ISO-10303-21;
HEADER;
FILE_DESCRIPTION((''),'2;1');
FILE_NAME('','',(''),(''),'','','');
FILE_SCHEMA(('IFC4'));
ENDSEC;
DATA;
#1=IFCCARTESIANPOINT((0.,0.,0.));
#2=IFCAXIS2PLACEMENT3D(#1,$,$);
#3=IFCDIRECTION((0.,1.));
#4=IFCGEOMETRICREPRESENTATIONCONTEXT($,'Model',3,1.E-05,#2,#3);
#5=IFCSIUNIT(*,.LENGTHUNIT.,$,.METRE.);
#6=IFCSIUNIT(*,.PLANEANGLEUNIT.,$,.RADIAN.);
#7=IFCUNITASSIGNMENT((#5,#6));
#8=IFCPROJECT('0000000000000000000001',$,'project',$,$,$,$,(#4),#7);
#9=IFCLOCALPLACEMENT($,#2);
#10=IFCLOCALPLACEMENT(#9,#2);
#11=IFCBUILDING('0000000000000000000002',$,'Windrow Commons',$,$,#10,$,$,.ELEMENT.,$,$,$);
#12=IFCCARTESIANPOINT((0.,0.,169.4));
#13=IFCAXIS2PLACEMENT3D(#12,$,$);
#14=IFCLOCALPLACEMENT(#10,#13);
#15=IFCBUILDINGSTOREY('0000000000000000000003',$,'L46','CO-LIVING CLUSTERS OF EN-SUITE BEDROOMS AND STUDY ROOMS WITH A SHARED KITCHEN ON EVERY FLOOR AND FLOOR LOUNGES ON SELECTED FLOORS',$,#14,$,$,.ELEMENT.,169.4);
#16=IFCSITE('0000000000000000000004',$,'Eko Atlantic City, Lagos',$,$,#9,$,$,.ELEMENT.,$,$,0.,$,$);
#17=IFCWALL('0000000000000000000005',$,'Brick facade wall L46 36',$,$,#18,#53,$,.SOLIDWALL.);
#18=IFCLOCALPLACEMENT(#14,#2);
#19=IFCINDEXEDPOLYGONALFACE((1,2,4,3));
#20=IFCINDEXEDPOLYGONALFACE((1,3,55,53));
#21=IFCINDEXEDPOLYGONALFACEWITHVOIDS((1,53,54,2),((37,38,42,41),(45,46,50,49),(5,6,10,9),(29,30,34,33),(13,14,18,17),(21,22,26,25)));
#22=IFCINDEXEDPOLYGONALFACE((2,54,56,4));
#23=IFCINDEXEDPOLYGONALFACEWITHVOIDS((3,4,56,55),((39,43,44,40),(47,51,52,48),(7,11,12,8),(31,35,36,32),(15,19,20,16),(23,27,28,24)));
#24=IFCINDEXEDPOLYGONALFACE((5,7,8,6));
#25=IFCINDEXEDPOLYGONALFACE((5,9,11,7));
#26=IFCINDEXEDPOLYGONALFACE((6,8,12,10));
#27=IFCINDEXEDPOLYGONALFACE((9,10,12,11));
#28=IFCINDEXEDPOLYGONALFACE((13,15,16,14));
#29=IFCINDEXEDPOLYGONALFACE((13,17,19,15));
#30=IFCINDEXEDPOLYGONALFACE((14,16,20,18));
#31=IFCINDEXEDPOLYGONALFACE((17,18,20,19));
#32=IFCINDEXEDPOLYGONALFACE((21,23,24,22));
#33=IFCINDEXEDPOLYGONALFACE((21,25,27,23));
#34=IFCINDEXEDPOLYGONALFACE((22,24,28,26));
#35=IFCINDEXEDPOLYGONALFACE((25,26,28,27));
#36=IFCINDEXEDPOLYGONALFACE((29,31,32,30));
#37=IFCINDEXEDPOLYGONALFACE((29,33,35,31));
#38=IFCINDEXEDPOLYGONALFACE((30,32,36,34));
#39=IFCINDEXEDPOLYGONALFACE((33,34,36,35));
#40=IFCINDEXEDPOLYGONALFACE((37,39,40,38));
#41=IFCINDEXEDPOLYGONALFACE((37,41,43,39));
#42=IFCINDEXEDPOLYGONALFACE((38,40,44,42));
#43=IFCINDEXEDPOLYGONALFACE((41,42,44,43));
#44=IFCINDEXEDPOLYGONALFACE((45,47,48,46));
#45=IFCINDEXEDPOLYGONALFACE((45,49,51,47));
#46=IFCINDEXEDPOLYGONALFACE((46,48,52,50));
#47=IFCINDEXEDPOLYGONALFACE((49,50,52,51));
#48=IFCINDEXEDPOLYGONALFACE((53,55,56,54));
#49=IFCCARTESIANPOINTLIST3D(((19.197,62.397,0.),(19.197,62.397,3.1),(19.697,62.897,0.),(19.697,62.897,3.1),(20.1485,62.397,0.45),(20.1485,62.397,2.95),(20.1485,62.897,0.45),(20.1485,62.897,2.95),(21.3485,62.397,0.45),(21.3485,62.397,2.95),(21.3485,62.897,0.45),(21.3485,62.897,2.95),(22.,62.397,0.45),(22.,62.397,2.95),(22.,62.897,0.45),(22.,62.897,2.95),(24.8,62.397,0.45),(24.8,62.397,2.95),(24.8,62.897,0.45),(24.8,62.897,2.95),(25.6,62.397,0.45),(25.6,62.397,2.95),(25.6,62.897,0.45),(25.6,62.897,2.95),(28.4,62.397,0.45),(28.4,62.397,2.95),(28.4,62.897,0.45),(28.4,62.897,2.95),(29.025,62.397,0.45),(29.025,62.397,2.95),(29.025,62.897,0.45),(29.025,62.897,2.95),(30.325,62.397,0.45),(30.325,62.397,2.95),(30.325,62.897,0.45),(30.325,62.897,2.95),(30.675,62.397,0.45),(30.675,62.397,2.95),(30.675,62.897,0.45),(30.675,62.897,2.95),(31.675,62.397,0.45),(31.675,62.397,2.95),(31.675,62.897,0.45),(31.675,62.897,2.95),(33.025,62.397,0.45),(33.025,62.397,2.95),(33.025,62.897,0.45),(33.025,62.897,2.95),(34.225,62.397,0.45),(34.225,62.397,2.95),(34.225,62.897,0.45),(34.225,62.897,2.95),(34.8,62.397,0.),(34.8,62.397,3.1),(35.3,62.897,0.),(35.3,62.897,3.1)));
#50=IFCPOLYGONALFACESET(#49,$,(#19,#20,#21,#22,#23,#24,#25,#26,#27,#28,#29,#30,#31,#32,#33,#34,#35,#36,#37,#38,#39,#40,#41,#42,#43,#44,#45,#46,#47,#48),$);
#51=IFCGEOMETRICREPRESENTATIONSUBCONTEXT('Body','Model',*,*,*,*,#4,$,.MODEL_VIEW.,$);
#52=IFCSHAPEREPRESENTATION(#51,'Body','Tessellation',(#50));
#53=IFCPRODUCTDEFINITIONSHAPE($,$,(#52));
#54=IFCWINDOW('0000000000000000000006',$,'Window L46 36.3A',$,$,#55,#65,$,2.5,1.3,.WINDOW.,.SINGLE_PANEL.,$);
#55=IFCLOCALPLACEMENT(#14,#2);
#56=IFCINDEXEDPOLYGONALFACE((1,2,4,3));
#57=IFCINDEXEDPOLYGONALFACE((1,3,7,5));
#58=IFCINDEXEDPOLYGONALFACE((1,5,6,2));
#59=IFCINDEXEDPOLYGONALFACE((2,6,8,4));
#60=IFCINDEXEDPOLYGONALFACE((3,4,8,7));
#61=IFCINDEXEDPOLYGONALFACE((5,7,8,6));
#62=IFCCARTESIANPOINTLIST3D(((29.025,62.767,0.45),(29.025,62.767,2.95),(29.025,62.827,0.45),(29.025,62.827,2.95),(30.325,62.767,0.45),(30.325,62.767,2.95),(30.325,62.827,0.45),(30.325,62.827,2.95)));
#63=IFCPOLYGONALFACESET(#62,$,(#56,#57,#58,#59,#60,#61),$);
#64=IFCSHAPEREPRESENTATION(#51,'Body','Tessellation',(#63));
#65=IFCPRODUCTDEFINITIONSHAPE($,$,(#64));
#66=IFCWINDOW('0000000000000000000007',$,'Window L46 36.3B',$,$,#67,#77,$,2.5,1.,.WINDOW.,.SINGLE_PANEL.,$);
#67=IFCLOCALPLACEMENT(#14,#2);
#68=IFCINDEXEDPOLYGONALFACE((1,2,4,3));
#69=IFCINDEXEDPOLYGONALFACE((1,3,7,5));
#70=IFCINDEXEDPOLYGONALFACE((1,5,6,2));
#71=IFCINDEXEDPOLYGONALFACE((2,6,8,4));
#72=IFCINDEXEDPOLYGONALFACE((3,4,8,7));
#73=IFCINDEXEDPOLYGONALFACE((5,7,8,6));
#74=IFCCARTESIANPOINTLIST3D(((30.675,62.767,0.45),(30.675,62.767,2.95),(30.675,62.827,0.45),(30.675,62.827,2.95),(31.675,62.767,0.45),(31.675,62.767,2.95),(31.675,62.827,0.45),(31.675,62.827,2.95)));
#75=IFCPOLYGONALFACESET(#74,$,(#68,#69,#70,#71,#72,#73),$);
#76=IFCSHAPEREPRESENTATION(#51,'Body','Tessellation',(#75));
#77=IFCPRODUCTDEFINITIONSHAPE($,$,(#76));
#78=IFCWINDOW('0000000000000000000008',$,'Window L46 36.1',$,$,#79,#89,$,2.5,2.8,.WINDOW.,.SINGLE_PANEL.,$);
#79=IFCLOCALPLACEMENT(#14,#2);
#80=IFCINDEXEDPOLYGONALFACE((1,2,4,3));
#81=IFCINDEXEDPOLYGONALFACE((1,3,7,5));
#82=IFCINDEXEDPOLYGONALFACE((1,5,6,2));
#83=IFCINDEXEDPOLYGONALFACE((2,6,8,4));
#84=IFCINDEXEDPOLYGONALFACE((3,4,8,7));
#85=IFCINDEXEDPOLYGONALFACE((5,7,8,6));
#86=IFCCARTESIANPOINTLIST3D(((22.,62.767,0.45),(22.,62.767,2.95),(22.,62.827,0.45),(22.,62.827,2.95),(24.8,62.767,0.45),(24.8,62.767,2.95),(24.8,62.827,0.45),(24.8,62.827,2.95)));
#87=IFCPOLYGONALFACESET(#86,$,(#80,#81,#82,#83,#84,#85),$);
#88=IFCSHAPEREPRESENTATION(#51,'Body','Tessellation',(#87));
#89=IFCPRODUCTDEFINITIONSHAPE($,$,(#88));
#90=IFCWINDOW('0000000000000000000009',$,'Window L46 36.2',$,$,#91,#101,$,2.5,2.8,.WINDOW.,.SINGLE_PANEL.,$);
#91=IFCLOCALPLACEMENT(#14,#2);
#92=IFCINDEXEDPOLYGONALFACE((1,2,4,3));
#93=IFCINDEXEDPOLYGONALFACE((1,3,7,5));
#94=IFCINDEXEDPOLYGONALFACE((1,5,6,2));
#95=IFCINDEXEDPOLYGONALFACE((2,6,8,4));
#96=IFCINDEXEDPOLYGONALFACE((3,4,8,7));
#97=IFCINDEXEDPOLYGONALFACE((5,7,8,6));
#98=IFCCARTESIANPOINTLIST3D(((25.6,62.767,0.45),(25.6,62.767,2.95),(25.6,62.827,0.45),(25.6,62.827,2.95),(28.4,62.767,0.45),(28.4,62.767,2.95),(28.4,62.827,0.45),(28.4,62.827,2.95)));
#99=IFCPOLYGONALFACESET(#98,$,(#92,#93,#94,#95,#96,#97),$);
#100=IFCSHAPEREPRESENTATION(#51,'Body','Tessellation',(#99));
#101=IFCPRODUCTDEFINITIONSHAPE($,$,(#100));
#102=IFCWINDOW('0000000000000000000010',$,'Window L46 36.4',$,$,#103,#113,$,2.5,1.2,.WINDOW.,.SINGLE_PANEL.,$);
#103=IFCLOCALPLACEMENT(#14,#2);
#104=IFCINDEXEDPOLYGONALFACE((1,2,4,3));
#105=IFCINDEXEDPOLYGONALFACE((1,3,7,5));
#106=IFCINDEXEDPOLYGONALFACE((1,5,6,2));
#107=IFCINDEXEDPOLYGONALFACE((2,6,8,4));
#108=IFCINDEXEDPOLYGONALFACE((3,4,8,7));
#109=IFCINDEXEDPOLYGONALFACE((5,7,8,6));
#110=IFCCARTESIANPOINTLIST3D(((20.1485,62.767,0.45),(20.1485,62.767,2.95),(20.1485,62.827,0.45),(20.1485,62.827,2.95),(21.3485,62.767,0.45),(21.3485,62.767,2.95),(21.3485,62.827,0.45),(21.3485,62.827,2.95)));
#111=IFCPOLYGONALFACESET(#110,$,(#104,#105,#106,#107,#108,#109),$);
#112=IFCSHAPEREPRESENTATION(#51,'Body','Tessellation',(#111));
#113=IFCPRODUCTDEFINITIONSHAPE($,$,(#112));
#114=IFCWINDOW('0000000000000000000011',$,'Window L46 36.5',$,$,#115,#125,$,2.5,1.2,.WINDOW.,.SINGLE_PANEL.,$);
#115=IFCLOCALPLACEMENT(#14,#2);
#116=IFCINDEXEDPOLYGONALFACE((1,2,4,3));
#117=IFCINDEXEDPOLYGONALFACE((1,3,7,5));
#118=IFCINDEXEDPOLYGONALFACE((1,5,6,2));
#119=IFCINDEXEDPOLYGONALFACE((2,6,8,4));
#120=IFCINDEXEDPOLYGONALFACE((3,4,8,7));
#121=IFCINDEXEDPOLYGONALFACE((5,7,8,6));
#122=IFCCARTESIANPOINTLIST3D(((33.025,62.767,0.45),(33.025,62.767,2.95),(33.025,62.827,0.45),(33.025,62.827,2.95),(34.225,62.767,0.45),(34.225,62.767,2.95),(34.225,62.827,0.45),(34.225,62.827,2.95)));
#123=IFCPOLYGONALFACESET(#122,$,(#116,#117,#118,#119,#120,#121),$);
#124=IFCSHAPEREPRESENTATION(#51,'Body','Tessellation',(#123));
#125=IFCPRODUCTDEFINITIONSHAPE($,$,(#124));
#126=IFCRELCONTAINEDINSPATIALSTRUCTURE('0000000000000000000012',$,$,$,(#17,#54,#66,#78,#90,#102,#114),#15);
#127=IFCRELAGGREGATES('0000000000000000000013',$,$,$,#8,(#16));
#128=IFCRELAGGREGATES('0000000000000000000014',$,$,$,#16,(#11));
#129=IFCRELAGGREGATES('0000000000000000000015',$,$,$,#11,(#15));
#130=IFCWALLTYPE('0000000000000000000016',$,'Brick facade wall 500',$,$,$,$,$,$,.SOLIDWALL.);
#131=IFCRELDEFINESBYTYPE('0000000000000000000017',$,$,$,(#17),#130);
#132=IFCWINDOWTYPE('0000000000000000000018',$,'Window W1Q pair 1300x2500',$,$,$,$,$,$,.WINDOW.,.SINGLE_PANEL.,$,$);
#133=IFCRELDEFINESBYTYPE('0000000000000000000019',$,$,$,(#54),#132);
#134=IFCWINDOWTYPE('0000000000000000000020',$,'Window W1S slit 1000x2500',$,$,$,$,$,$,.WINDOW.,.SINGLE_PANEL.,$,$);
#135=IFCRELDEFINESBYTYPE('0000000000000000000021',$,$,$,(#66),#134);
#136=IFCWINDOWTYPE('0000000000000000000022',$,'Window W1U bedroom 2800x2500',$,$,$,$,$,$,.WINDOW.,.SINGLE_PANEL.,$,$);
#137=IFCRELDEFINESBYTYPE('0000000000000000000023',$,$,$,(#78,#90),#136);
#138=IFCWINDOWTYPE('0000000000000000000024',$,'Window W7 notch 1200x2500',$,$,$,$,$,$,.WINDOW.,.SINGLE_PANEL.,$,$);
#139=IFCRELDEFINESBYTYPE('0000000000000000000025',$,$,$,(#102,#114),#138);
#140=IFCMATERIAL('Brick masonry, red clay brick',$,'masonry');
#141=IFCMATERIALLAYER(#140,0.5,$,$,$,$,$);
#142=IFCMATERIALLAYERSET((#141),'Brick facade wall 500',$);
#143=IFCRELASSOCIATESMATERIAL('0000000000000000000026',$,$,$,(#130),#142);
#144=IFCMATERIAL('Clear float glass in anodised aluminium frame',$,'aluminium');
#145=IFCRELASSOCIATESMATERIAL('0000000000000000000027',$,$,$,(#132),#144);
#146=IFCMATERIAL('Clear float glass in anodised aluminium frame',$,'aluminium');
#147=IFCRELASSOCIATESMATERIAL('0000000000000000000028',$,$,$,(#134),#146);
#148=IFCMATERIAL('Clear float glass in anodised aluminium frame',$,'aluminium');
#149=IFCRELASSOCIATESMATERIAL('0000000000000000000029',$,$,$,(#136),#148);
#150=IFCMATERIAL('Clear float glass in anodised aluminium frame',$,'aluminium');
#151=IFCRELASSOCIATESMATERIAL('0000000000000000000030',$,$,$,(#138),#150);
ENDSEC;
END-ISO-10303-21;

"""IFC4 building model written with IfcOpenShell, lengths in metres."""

from ifc_helpers import new_model, si_unit, direction, frame, frame_2d, origin, place, context, subcontext, project, spatial, polyline, rectangle, outline, extrude, material, layer, layer_set, type_object, element, fill, save


model = new_model("IFC4")

# Units and contexts
model_context = context("Model", 3, precision=1e-05, world=origin(), true_north=direction((0.0, 1.0)))
body_context = subcontext(model_context, "Body", "Model", "MODEL_VIEW")
ifc_project = project(units=[si_unit("LENGTHUNIT", "METRE"), si_unit("PLANEANGLEUNIT", "RADIAN")], contexts=[model_context])

# Site, building, storey
site_placement = place(None, origin())
site = spatial("IfcSite", under=ifc_project, at=site_placement, Name="Eko Atlantic City, Lagos", CompositionType="ELEMENT", RefElevation=0.0)
building_placement = place(site_placement, origin())
building = spatial("IfcBuilding", under=site, at=building_placement, Name="Windrow Commons", CompositionType="ELEMENT")
storey_placement = place(building_placement, frame((0.0, 0.0, 169.4)))
storey = spatial("IfcBuildingStorey", under=building, at=storey_placement, Name="L46", Description="CO-LIVING CLUSTERS OF EN-SUITE BEDROOMS AND STUDY ROOMS WITH A SHARED KITCHEN ON EVERY FLOOR AND FLOOR LOUNGES ON SELECTED FLOORS", CompositionType="ELEMENT", Elevation=169.4)

# Wall, openings, windows
ifc_material_1 = material(Name="Brick masonry, red clay brick", Category="masonry")
ifc_layer_1 = layer(ifc_material_1, 0.5)
ifc_layer_set_1 = layer_set([ifc_layer_1], Name="Brick facade wall 500")
wall_type_1 = type_object("IfcWallType", Name="Brick facade wall 500", PredefinedType="SOLIDWALL", material=ifc_layer_set_1)
wall_1_placement = place(storey_placement, frame((19.447, 62.647, 0.0), z_axis=(0.0, 0.0, 1.0), x_axis=(1.0, 0.0, 0.0)))
wall_1 = element("IfcWall", 1, at=wall_1_placement, inside=storey, type_object=wall_type_1, Name="Brick facade wall L46 36", PredefinedType="SOLIDWALL", context=body_context, shape_type="SweptSolid", body=[
    extrude(outline(polyline([(-0.25, -0.25), (15.353, -0.25), (15.853, 0.25), (0.25, 0.25), (-0.25, -0.25)])), origin(), (0.0, 0.0, 1.0), 3.1),
])
opening_1_placement = place(wall_1_placement, frame((2.553, 0.0, 0.45)))
opening_1 = element("IfcOpeningElement", 2, at=opening_1_placement, cuts=wall_1, PredefinedType="OPENING", context=body_context, shape_type="SweptSolid", body=[
    extrude(rectangle(XDim=2.8, YDim=2.5, at=frame_2d((1.4, 1.25))), frame((0.0, 0.26, 0.0), z_axis=(0.0, -1.0, 0.0), x_axis=(1.0, 0.0, 0.0)), (0.0, 0.0, 1.0), 0.52),
])
opening_2_placement = place(wall_1_placement, frame((6.153, 0.0, 0.45)))
opening_2 = element("IfcOpeningElement", 3, at=opening_2_placement, cuts=wall_1, PredefinedType="OPENING", context=body_context, shape_type="SweptSolid", body=[
    extrude(rectangle(XDim=2.8, YDim=2.5, at=frame_2d((1.4, 1.25))), frame((0.0, 0.26, 0.0), z_axis=(0.0, -1.0, 0.0), x_axis=(1.0, 0.0, 0.0)), (0.0, 0.0, 1.0), 0.52),
])
opening_3_placement = place(wall_1_placement, frame((0.7015, 0.0, 0.45)))
opening_3 = element("IfcOpeningElement", 4, at=opening_3_placement, cuts=wall_1, PredefinedType="OPENING", context=body_context, shape_type="SweptSolid", body=[
    extrude(rectangle(XDim=1.2, YDim=2.5, at=frame_2d((0.6, 1.25))), frame((0.0, 0.26, 0.0), z_axis=(0.0, -1.0, 0.0), x_axis=(1.0, 0.0, 0.0)), (0.0, 0.0, 1.0), 0.52),
])
opening_4_placement = place(wall_1_placement, frame((13.578, 0.0, 0.45)))
opening_4 = element("IfcOpeningElement", 5, at=opening_4_placement, cuts=wall_1, PredefinedType="OPENING", context=body_context, shape_type="SweptSolid", body=[
    extrude(rectangle(XDim=1.2, YDim=2.5, at=frame_2d((0.6, 1.25))), frame((0.0, 0.26, 0.0), z_axis=(0.0, -1.0, 0.0), x_axis=(1.0, 0.0, 0.0)), (0.0, 0.0, 1.0), 0.52),
])
opening_5_placement = place(wall_1_placement, frame((9.578, 0.0, 0.45)))
opening_5 = element("IfcOpeningElement", 6, at=opening_5_placement, cuts=wall_1, PredefinedType="OPENING", context=body_context, shape_type="SweptSolid", body=[
    extrude(rectangle(XDim=1.3, YDim=2.5, at=frame_2d((0.65, 1.25))), frame((0.0, 0.26, 0.0), z_axis=(0.0, -1.0, 0.0), x_axis=(1.0, 0.0, 0.0)), (0.0, 0.0, 1.0), 0.52),
])
opening_6_placement = place(wall_1_placement, frame((11.228, 0.0, 0.45)))
opening_6 = element("IfcOpeningElement", 7, at=opening_6_placement, cuts=wall_1, PredefinedType="OPENING", context=body_context, shape_type="SweptSolid", body=[
    extrude(rectangle(XDim=1.0, YDim=2.5, at=frame_2d((0.5, 1.25))), frame((0.0, 0.26, 0.0), z_axis=(0.0, -1.0, 0.0), x_axis=(1.0, 0.0, 0.0)), (0.0, 0.0, 1.0), 0.52),
])
ifc_material_2 = material(Name="Clear float glass in anodised aluminium frame", Category="aluminium")
window_type_1 = type_object("IfcWindowType", Name="Window W1Q pair 1300x2500", PartitioningType="SINGLE_PANEL", PredefinedType="WINDOW", material=ifc_material_2)
window_1_placement = place(opening_5_placement, origin())
window_1 = element("IfcWindow", 8, at=window_1_placement, inside=storey, type_object=window_type_1, Name="Window L46 36.3A", OverallHeight=2.5, OverallWidth=1.3, PartitioningType="SINGLE_PANEL", PredefinedType="WINDOW", context=body_context, shape_type="SweptSolid", body=[
    extrude(rectangle(XDim=1.3, YDim=2.5, at=frame_2d((0.65, 1.25))), frame((0.0, 0.18, 0.0), z_axis=(0.0, -1.0, 0.0), x_axis=(1.0, 0.0, 0.0)), (0.0, 0.0, 1.0), 0.06),
])
fill(opening_5, window_1)
ifc_material_3 = material(Name="Clear float glass in anodised aluminium frame", Category="aluminium")
window_type_2 = type_object("IfcWindowType", Name="Window W1S slit 1000x2500", PartitioningType="SINGLE_PANEL", PredefinedType="WINDOW", material=ifc_material_3)
window_2_placement = place(opening_6_placement, origin())
window_2 = element("IfcWindow", 9, at=window_2_placement, inside=storey, type_object=window_type_2, Name="Window L46 36.3B", OverallHeight=2.5, OverallWidth=1.0, PartitioningType="SINGLE_PANEL", PredefinedType="WINDOW", context=body_context, shape_type="SweptSolid", body=[
    extrude(rectangle(XDim=1.0, YDim=2.5, at=frame_2d((0.5, 1.25))), frame((0.0, 0.18, 0.0), z_axis=(0.0, -1.0, 0.0), x_axis=(1.0, 0.0, 0.0)), (0.0, 0.0, 1.0), 0.06),
])
fill(opening_6, window_2)
ifc_material_4 = material(Name="Clear float glass in anodised aluminium frame", Category="aluminium")
window_type_3 = type_object("IfcWindowType", Name="Window W1U bedroom 2800x2500", PartitioningType="SINGLE_PANEL", PredefinedType="WINDOW", material=ifc_material_4)
window_3_placement = place(opening_1_placement, origin())
window_3 = element("IfcWindow", 10, at=window_3_placement, inside=storey, type_object=window_type_3, Name="Window L46 36.1", OverallHeight=2.5, OverallWidth=2.8, PartitioningType="SINGLE_PANEL", PredefinedType="WINDOW", context=body_context, shape_type="SweptSolid", body=[
    extrude(rectangle(XDim=2.8, YDim=2.5, at=frame_2d((1.4, 1.25))), frame((0.0, 0.18, 0.0), z_axis=(0.0, -1.0, 0.0), x_axis=(1.0, 0.0, 0.0)), (0.0, 0.0, 1.0), 0.06),
])
fill(opening_1, window_3)
window_4_placement = place(opening_2_placement, origin())
window_4 = element("IfcWindow", 11, at=window_4_placement, inside=storey, type_object=window_type_3, Name="Window L46 36.2", OverallHeight=2.5, OverallWidth=2.8, PartitioningType="SINGLE_PANEL", PredefinedType="WINDOW", context=body_context, shape_type="SweptSolid", body=[
    extrude(rectangle(XDim=2.8, YDim=2.5, at=frame_2d((1.4, 1.25))), frame((0.0, 0.18, 0.0), z_axis=(0.0, -1.0, 0.0), x_axis=(1.0, 0.0, 0.0)), (0.0, 0.0, 1.0), 0.06),
])
fill(opening_2, window_4)
ifc_material_5 = material(Name="Clear float glass in anodised aluminium frame", Category="aluminium")
window_type_4 = type_object("IfcWindowType", Name="Window W7 notch 1200x2500", PartitioningType="SINGLE_PANEL", PredefinedType="WINDOW", material=ifc_material_5)
window_5_placement = place(opening_3_placement, origin())
window_5 = element("IfcWindow", 12, at=window_5_placement, inside=storey, type_object=window_type_4, Name="Window L46 36.4", OverallHeight=2.5, OverallWidth=1.2, PartitioningType="SINGLE_PANEL", PredefinedType="WINDOW", context=body_context, shape_type="SweptSolid", body=[
    extrude(rectangle(XDim=1.2, YDim=2.5, at=frame_2d((0.6, 1.25))), frame((0.0, 0.18, 0.0), z_axis=(0.0, -1.0, 0.0), x_axis=(1.0, 0.0, 0.0)), (0.0, 0.0, 1.0), 0.06),
])
fill(opening_3, window_5)
window_6_placement = place(opening_4_placement, origin())
window_6 = element("IfcWindow", 13, at=window_6_placement, inside=storey, type_object=window_type_4, Name="Window L46 36.5", OverallHeight=2.5, OverallWidth=1.2, PartitioningType="SINGLE_PANEL", PredefinedType="WINDOW", context=body_context, shape_type="SweptSolid", body=[
    extrude(rectangle(XDim=1.2, YDim=2.5, at=frame_2d((0.6, 1.25))), frame((0.0, 0.18, 0.0), z_axis=(0.0, -1.0, 0.0), x_axis=(1.0, 0.0, 0.0)), (0.0, 0.0, 1.0), 0.06),
])
fill(opening_4, window_6)

save(model, "model.ifc")
